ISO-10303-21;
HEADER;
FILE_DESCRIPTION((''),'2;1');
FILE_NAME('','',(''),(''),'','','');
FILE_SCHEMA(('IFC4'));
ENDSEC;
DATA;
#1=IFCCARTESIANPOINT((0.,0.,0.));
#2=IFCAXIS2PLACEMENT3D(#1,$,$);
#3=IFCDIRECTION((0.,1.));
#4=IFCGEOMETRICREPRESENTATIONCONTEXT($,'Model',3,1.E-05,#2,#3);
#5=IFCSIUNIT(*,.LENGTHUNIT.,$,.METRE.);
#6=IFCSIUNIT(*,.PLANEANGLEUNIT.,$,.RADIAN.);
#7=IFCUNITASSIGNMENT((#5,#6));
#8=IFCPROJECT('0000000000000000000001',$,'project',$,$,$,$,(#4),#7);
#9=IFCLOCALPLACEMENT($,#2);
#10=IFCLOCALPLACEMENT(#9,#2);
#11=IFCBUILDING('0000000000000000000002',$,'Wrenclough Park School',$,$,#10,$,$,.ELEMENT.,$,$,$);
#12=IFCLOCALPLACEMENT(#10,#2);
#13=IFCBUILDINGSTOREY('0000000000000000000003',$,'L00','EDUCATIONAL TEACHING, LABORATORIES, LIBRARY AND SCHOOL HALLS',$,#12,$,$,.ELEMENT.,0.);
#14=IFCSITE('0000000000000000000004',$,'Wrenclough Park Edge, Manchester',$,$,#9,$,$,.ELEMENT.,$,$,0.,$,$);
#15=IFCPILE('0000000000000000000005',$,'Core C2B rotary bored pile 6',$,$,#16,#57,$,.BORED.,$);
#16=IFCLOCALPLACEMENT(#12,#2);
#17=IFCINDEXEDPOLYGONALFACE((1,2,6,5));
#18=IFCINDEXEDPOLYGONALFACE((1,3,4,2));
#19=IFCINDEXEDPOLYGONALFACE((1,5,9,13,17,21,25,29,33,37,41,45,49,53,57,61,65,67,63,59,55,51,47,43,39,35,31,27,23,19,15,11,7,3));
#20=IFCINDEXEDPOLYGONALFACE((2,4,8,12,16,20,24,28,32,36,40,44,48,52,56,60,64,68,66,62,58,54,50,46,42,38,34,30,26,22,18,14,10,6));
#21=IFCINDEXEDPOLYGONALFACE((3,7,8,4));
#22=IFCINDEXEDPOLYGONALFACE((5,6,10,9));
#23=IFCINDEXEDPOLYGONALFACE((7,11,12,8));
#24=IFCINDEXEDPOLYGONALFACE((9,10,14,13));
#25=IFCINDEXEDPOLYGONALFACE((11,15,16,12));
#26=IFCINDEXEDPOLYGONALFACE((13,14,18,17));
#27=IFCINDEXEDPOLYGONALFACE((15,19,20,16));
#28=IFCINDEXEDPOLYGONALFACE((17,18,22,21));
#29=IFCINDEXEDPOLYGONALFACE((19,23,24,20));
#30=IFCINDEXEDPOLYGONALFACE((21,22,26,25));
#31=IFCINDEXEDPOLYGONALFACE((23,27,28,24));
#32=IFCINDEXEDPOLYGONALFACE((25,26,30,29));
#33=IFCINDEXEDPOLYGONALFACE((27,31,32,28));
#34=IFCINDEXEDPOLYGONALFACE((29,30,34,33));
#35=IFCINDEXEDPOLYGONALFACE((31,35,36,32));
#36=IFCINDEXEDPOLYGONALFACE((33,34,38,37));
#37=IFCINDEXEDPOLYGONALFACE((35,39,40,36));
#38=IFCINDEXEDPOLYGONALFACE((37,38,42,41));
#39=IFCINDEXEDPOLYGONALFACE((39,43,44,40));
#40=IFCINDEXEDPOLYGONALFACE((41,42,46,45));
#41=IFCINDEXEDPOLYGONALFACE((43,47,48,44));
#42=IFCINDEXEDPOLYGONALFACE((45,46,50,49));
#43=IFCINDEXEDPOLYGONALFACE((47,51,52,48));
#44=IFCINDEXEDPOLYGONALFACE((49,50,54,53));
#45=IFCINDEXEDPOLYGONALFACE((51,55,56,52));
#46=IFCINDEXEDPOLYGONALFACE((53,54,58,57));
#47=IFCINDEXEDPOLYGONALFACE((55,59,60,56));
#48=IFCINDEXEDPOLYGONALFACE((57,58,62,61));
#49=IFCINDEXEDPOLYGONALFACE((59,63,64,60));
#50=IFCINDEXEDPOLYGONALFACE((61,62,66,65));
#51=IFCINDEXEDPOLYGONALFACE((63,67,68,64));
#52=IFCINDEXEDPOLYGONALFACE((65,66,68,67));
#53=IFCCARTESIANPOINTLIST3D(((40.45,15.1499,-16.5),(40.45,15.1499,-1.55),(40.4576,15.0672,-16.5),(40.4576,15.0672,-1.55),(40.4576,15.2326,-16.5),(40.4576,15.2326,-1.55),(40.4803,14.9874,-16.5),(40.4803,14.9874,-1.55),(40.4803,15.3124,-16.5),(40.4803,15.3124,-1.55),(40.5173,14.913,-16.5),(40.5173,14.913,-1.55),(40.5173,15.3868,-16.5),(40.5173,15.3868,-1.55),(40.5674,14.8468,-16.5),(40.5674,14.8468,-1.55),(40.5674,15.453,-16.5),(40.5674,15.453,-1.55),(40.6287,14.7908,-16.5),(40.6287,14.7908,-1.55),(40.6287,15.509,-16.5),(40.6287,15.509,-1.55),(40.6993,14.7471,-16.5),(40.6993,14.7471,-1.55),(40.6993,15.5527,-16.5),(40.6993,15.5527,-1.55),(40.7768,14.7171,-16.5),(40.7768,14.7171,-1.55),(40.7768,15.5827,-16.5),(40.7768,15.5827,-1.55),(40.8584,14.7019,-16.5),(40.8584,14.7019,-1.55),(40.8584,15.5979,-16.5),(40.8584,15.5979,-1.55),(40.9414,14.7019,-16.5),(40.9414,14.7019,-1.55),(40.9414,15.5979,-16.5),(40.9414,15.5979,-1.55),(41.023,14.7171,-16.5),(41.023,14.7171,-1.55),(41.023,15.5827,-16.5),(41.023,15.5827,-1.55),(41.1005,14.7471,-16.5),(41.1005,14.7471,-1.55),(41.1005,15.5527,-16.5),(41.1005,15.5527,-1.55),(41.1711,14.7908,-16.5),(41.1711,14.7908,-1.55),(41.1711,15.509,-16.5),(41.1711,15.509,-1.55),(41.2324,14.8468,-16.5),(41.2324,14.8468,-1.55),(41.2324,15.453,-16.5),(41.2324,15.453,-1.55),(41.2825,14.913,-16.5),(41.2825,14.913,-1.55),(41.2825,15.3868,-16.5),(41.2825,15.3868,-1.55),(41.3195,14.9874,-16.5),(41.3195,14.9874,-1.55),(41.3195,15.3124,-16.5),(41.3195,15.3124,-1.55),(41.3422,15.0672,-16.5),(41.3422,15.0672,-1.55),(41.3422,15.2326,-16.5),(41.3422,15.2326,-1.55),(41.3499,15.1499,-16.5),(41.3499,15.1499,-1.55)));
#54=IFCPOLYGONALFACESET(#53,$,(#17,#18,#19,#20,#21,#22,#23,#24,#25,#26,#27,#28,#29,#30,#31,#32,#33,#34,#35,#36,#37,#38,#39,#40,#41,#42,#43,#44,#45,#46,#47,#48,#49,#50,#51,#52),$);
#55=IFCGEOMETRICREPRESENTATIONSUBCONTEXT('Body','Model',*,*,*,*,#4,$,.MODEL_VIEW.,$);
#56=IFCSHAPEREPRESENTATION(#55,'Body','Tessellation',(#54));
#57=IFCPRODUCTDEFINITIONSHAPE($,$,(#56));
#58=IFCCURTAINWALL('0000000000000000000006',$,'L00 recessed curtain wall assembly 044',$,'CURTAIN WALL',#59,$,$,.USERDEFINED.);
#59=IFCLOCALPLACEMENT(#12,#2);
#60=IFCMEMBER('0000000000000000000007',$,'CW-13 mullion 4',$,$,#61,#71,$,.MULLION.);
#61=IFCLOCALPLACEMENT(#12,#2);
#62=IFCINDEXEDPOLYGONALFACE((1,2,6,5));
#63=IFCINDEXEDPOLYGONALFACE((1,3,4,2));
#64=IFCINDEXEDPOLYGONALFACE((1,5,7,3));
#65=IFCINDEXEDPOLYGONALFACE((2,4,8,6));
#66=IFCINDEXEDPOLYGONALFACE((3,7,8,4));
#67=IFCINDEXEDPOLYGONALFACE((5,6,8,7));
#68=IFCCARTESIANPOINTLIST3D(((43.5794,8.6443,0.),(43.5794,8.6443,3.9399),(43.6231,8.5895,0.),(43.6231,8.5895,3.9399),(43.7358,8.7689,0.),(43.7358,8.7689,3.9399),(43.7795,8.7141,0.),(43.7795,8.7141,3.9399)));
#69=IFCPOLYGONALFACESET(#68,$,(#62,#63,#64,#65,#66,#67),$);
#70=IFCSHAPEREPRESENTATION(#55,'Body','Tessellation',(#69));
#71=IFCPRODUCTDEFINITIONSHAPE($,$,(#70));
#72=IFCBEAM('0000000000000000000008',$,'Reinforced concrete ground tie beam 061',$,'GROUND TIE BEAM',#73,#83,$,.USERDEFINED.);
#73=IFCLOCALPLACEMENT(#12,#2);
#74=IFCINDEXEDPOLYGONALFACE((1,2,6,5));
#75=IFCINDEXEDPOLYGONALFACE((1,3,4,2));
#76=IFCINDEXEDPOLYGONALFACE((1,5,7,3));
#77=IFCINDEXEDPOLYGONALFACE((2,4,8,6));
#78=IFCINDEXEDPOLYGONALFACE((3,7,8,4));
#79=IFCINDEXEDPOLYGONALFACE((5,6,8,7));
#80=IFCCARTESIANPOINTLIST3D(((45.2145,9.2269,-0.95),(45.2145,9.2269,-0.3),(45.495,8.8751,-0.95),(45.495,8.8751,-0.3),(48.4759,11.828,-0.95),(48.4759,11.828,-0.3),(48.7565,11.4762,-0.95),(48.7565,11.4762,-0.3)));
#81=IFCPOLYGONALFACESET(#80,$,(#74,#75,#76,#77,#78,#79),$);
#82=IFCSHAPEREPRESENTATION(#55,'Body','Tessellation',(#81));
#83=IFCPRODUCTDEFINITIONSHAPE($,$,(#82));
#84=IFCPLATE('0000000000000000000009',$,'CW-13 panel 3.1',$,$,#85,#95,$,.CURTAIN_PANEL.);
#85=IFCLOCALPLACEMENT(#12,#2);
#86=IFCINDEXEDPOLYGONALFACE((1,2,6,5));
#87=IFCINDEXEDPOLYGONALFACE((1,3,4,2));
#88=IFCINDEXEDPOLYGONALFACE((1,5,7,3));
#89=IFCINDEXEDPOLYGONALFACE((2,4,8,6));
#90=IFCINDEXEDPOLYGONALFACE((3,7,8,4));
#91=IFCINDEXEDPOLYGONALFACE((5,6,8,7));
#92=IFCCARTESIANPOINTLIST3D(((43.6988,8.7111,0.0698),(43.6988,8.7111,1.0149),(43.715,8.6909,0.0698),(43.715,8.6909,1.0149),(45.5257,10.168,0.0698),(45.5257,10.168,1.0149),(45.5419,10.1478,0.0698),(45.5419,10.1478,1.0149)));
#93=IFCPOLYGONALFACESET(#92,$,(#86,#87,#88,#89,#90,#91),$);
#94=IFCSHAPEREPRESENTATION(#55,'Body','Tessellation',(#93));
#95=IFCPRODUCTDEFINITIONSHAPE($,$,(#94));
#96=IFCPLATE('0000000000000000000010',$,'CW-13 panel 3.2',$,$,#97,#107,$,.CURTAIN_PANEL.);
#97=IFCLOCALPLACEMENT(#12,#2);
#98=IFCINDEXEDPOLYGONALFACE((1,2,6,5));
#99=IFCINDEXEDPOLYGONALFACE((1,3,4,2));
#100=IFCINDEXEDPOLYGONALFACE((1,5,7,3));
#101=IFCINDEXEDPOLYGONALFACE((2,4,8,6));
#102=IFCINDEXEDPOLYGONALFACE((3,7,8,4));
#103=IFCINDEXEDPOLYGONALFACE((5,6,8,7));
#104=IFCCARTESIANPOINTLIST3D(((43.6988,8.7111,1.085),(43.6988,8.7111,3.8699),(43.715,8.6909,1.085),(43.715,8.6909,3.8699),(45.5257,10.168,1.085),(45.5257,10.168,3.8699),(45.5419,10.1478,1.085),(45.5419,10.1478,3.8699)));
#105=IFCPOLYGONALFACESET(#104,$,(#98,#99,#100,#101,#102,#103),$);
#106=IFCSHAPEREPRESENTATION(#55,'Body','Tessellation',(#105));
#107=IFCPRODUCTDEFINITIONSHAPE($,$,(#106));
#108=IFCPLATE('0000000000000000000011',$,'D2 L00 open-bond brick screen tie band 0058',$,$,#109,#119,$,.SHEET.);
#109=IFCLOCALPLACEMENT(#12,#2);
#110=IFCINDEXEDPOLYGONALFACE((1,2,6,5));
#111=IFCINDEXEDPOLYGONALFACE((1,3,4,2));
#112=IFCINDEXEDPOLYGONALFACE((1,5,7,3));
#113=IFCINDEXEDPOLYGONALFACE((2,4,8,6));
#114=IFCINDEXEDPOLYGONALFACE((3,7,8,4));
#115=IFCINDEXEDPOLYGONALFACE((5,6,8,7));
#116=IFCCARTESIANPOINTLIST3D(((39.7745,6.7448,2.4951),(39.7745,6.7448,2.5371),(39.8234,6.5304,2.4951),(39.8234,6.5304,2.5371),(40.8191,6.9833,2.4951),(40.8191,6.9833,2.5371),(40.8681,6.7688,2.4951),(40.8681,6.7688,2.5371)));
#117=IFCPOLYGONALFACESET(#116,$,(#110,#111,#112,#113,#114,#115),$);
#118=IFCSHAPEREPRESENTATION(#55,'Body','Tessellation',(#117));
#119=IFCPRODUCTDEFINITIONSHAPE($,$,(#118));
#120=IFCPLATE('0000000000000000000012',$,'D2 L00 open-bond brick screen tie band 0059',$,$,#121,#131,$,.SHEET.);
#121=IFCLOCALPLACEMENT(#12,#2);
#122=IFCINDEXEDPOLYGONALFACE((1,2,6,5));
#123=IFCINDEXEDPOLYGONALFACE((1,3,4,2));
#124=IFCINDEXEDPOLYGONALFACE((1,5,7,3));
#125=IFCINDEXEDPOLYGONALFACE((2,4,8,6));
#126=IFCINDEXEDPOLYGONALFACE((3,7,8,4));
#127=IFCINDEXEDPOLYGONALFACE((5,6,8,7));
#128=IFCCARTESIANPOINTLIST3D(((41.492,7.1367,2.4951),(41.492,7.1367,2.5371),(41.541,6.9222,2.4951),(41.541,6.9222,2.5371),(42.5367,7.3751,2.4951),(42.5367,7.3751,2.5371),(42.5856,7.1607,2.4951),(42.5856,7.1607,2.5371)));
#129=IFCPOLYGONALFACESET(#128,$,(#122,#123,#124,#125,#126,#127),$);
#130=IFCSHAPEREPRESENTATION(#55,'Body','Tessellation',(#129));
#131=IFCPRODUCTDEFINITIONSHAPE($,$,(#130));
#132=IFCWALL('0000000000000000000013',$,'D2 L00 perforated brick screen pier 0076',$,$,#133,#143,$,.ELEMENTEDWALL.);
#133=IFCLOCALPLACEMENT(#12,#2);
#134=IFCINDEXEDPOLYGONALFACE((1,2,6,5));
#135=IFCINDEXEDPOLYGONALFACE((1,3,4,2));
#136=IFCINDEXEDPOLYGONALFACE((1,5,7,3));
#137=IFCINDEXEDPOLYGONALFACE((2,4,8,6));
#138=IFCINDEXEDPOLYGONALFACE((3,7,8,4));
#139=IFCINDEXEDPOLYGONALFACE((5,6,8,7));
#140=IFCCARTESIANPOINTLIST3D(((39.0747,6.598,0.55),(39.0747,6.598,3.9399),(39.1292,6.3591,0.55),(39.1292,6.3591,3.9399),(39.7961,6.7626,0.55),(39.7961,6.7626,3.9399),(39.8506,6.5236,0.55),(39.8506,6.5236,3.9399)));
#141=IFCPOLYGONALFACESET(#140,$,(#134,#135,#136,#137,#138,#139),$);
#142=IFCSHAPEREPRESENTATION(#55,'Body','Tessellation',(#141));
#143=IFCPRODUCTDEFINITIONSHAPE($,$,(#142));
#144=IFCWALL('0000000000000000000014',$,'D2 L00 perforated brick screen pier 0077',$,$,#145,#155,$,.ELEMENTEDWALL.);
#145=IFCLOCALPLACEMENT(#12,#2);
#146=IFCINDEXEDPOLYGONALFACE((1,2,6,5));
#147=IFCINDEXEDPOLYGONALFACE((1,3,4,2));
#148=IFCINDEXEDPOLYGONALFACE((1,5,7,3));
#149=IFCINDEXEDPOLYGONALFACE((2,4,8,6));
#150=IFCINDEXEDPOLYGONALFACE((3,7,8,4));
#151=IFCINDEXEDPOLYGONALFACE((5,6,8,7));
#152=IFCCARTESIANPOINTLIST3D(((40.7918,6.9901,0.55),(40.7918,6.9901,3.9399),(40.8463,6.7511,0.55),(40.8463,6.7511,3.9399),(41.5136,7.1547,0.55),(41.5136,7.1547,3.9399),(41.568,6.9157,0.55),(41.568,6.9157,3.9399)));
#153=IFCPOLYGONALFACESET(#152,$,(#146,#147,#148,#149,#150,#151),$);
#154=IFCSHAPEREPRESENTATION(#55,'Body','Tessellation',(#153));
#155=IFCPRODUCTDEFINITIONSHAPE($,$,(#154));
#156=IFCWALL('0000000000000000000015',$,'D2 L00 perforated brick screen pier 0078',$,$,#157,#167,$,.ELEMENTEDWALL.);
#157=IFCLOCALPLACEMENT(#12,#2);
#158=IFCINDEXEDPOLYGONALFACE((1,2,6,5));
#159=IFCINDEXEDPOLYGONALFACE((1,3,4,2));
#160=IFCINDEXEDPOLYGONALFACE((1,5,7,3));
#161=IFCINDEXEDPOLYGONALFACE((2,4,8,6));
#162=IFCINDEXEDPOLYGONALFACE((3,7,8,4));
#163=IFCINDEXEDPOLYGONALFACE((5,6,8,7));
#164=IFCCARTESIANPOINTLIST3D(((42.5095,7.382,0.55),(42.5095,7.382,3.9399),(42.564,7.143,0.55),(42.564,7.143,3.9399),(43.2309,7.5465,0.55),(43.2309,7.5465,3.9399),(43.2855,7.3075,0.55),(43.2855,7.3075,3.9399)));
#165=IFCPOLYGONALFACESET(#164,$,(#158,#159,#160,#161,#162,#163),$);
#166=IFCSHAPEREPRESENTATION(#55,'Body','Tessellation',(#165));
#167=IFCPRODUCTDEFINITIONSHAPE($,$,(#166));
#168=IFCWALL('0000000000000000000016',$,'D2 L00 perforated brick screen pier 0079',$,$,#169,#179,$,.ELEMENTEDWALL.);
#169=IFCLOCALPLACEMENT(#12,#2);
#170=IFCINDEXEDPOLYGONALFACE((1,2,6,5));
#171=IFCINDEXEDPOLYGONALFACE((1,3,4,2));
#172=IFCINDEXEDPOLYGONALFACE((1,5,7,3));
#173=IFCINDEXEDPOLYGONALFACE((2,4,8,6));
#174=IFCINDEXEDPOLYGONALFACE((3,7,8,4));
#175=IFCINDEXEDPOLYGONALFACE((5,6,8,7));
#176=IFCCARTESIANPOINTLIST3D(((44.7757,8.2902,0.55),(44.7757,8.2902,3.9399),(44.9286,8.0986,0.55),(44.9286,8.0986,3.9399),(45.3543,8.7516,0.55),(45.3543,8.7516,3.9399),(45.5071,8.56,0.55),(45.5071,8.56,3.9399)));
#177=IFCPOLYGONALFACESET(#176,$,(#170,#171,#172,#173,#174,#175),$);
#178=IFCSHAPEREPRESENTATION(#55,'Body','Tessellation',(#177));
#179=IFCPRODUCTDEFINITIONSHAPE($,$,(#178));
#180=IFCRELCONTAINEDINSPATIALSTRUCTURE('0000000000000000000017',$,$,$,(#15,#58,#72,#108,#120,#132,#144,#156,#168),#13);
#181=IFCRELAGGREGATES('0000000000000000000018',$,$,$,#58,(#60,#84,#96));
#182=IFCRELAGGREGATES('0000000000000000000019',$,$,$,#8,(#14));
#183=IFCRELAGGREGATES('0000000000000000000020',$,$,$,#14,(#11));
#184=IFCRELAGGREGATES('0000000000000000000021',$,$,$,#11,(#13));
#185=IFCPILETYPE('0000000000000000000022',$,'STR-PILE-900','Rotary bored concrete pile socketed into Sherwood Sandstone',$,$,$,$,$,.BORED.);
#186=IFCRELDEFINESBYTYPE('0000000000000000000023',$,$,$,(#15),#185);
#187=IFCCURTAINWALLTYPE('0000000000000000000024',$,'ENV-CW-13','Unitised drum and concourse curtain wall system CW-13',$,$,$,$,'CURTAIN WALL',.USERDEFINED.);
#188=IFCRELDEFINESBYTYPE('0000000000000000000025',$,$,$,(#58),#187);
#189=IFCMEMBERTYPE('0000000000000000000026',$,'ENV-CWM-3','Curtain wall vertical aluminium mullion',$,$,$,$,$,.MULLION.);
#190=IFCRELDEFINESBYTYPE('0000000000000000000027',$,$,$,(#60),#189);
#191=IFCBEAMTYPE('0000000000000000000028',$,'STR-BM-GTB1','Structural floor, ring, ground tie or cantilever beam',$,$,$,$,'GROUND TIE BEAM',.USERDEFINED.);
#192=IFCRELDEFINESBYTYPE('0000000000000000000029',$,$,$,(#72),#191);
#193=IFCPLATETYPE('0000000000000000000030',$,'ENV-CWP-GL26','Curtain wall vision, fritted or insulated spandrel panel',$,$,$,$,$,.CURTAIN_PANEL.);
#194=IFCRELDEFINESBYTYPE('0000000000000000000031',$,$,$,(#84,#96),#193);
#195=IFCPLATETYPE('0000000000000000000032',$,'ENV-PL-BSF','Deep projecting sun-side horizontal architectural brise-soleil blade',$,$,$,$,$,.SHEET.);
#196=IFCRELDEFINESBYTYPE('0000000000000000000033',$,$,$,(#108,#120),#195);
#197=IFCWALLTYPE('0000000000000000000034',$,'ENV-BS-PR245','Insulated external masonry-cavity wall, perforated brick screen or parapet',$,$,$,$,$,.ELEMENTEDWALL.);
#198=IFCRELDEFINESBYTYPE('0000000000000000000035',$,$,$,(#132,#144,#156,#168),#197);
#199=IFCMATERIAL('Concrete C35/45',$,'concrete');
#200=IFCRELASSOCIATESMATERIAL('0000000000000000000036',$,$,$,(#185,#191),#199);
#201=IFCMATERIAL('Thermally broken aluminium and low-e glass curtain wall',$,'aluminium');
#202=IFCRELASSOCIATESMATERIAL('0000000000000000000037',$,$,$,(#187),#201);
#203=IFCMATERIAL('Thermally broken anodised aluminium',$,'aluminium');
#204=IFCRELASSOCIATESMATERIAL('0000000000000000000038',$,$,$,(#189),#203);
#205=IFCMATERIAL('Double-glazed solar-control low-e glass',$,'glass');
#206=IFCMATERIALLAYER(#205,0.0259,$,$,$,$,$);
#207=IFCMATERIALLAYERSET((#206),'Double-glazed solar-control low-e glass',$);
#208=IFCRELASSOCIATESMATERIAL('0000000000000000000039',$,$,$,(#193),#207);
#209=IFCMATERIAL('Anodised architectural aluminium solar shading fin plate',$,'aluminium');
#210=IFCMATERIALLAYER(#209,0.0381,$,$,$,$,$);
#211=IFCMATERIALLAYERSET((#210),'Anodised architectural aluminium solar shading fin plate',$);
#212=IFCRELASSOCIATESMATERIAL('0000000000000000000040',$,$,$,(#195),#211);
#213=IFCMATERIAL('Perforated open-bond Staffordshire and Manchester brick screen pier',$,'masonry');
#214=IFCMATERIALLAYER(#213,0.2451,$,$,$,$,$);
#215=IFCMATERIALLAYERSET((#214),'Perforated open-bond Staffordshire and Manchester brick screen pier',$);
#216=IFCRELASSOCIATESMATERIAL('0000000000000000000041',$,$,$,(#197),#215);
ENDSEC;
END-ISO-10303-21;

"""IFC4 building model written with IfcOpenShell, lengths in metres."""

from ifc_helpers import new_model, si_unit, direction, frame, frame_2d, origin, origin_2d, place, context, subcontext, project, spatial, rectangle, circle, extrude, material, layer, layer_set, material_profile, profile_set, type_object, element, aggregate, save


model = new_model("IFC4")

# Units and contexts
model_context = context("Model", 3, precision=1e-05, world=origin(), true_north=direction((0.0, 1.0)))
body_context = subcontext(model_context, "Body", "Model", "MODEL_VIEW")
ifc_project = project(units=[si_unit("LENGTHUNIT", "METRE"), si_unit("PLANEANGLEUNIT", "RADIAN")], contexts=[model_context])

# Site, building, storey
site_placement = place(None, origin())
site = spatial("IfcSite", under=ifc_project, at=site_placement, Name="Wrenclough Park Edge, Manchester", CompositionType="ELEMENT", RefElevation=0.0)
building_placement = place(site_placement, origin())
building = spatial("IfcBuilding", under=site, at=building_placement, Name="Wrenclough Park School", CompositionType="ELEMENT")
storey_placement = place(building_placement, origin())
storey = spatial("IfcBuildingStorey", under=building, at=storey_placement, Name="L00", Description="EDUCATIONAL TEACHING, LABORATORIES, LIBRARY AND SCHOOL HALLS", CompositionType="ELEMENT", Elevation=0.0)

# Shared definitions
ifc_material_1 = material(Name="Concrete C35/45", Category="concrete")

# Pile
ifc_material_profile_1 = material_profile(ifc_material_1, circle(Radius=0.45, at=origin_2d()), Name="BORED PILE D900")
ifc_profile_set_1 = profile_set([ifc_material_profile_1], Name="Concrete C35/45")
pile_type_1 = type_object("IfcPileType", Name="STR-PILE-900", Description="Rotary bored concrete pile socketed into Sherwood Sandstone", PredefinedType="BORED", material=ifc_profile_set_1)
for number, where, z_axis, x_axis, name in (
    (1, (40.8999, 15.1499, -1.55), (0.0, 0.0, -1.0), (1.0, 0.0, 0.0), "Core C2B rotary bored pile 6"),
):
    element("IfcPile", number, at=place(storey_placement, frame(where, z_axis=z_axis, x_axis=x_axis)), inside=storey, type_object=pile_type_1, Name=name, PredefinedType="BORED", context=body_context, shape_type="SweptSolid", body=[
        extrude(circle(Radius=0.45, at=origin_2d()), origin(), (0.0, 0.0, 1.0), 14.95),
    ])

# Curtain wall, member
ifc_material_2 = material(Name="Thermally broken aluminium and low-e glass curtain wall", Category="aluminium")
curtain_wall_type = type_object("IfcCurtainWallType", Name="ENV-CW-13", Description="Unitised drum and concourse curtain wall system CW-13", ElementType="CURTAIN WALL", PredefinedType="USERDEFINED", material=ifc_material_2)
curtain_wall_placement = place(storey_placement, origin())
curtain_wall = element("IfcCurtainWall", 2, at=curtain_wall_placement, inside=storey, type_object=curtain_wall_type, Name="L00 recessed curtain wall assembly 044", ObjectType="CURTAIN WALL", PredefinedType="USERDEFINED")
ifc_material_3 = material(Name="Thermally broken anodised aluminium", Category="aluminium")
ifc_material_profile_2 = material_profile(ifc_material_3, rectangle(XDim=0.0701, YDim=0.2, at=origin_2d()), Name="AL MULLION 70x200")
ifc_profile_set_2 = profile_set([ifc_material_profile_2], Name="Thermally broken anodised aluminium")
member_type = type_object("IfcMemberType", Name="ENV-CWM-3", Description="Curtain wall vertical aluminium mullion", PredefinedType="MULLION", material=ifc_profile_set_2)
member_placement = place(storey_placement, frame((43.6794, 8.6792, 0.0), z_axis=(0.0, 0.0, 1.0), x_axis=(0.623484, -0.781836, 0.0)))
member = element("IfcMember", 3, at=member_placement, type_object=member_type, Name="CW-13 mullion 4", PredefinedType="MULLION", context=body_context, shape_type="SweptSolid", body=[
    extrude(rectangle(XDim=0.0701, YDim=0.2, at=origin_2d()), origin(), (0.0, 0.0, 1.0), 3.9399),
])

# Beam
ifc_material_profile_3 = material_profile(ifc_material_1, rectangle(XDim=0.45, YDim=0.6499, at=origin_2d()), Name="RC GROUND 450x650")
ifc_profile_set_3 = profile_set([ifc_material_profile_3], Name="Concrete C35/45")
beam_type = type_object("IfcBeamType", Name="STR-BM-GTB1", Description="Structural floor, ring, ground tie or cantilever beam", ElementType="GROUND TIE BEAM", PredefinedType="USERDEFINED", material=ifc_profile_set_3)
beam_placement = place(storey_placement, frame((45.3547, 9.051, -0.625), z_axis=(0.781816, 0.62351, 0.0), x_axis=(-0.62351, 0.781816, 0.0)))
element("IfcBeam", 4, at=beam_placement, inside=storey, type_object=beam_type, Name="Reinforced concrete ground tie beam 061", ObjectType="GROUND TIE BEAM", PredefinedType="USERDEFINED", context=body_context, shape_type="SweptSolid", body=[
    extrude(rectangle(XDim=0.45, YDim=0.6499, at=origin_2d()), origin(), (0.0, 0.0, 1.0), 4.1716),
])

# Plates
ifc_material_4 = material(Name="Double-glazed solar-control low-e glass", Category="glass")
ifc_layer_1 = layer(ifc_material_4, 0.0259)
ifc_layer_set_1 = layer_set([ifc_layer_1], Name="Double-glazed solar-control low-e glass")
plate_type_1 = type_object("IfcPlateType", Name="ENV-CWP-GL26", Description="Curtain wall vision, fritted or insulated spandrel panel", PredefinedType="CURTAIN_PANEL", material=ifc_layer_set_1)
plate_1_placement = place(storey_placement, frame((44.6204, 9.4294, 0.0698), z_axis=(0.0, 0.0, 1.0), x_axis=(-0.781836, -0.623484, 0.0)))
plate_1 = element("IfcPlate", 5, at=plate_1_placement, type_object=plate_type_1, Name="CW-13 panel 3.1", PredefinedType="CURTAIN_PANEL", context=body_context, shape_type="SweptSolid", body=[
    extrude(rectangle(XDim=2.3367, YDim=0.0259, at=origin_2d()), origin(), (0.0, 0.0, 1.0), 0.9451),
])
plate_2_placement = place(storey_placement, frame((44.6204, 9.4294, 1.085), z_axis=(0.0, 0.0, 1.0), x_axis=(-0.781836, -0.623484, 0.0)))
plate_2 = element("IfcPlate", 6, at=plate_2_placement, type_object=plate_type_1, Name="CW-13 panel 3.2", PredefinedType="CURTAIN_PANEL", context=body_context, shape_type="SweptSolid", body=[
    extrude(rectangle(XDim=2.3367, YDim=0.0259, at=origin_2d()), origin(), (0.0, 0.0, 1.0), 2.7849),
])
aggregate(curtain_wall, [member, plate_1, plate_2])

# Plates
ifc_material_5 = material(Name="Anodised architectural aluminium solar shading fin plate", Category="aluminium")
ifc_layer_2 = layer(ifc_material_5, 0.0381)
ifc_layer_set_2 = layer_set([ifc_layer_2], Name="Anodised architectural aluminium solar shading fin plate")
plate_type_2 = type_object("IfcPlateType", Name="ENV-PL-BSF", Description="Deep projecting sun-side horizontal architectural brise-soleil blade", PredefinedType="SHEET", material=ifc_layer_set_2)
for number, where, z_axis, x_axis, name in (
    (7, (40.3213, 6.7568, 2.4951), (0.0, 0.0, 1.0), (0.974927, 0.222526, 0.0), "D2 L00 open-bond brick screen tie band 0058"),
    (8, (42.0388, 7.1487, 2.4951), (0.0, 0.0, 1.0), (0.974927, 0.222526, 0.0), "D2 L00 open-bond brick screen tie band 0059"),
):
    element("IfcPlate", number, at=place(storey_placement, frame(where, z_axis=z_axis, x_axis=x_axis)), inside=storey, type_object=plate_type_2, Name=name, PredefinedType="SHEET", context=body_context, shape_type="SweptSolid", body=[
        extrude(rectangle(XDim=1.0715, YDim=0.22, at=origin_2d()), origin(), (0.0, 0.0, 1.0), 0.042),
    ])

# Walls
ifc_material_6 = material(Name="Perforated open-bond Staffordshire and Manchester brick screen pier", Category="masonry")
ifc_layer_3 = layer(ifc_material_6, 0.2451)
ifc_layer_set_3 = layer_set([ifc_layer_3], Name="Perforated open-bond Staffordshire and Manchester brick screen pier")
wall_type_1 = type_object("IfcWallType", Name="ENV-BS-PR245", Description="Insulated external masonry-cavity wall, perforated brick screen or parapet", PredefinedType="ELEMENTEDWALL", material=ifc_layer_set_3)
wall_1_placement = place(storey_placement, frame((39.1018, 6.4785, 0.55), z_axis=(0.0, 0.0, 1.0), x_axis=(0.974961, 0.222377, 0.0)))
element("IfcWall", 9, at=wall_1_placement, inside=storey, type_object=wall_type_1, Name="D2 L00 perforated brick screen pier 0076", PredefinedType="ELEMENTEDWALL", context=body_context, shape_type="SweptSolid", body=[
    extrude(rectangle(XDim=0.74, YDim=0.2451, at=frame_2d((0.3701, 0.0))), origin(), (0.0, 0.0, 1.0), 3.3899),
])
wall_2_placement = place(storey_placement, frame((40.8191, 6.8706, 0.55), z_axis=(0.0, 0.0, 1.0), x_axis=(0.974977, 0.222305, 0.0)))
element("IfcWall", 10, at=wall_2_placement, inside=storey, type_object=wall_type_1, Name="D2 L00 perforated brick screen pier 0077", PredefinedType="ELEMENTEDWALL", context=body_context, shape_type="SweptSolid", body=[
    extrude(rectangle(XDim=0.7402, YDim=0.2451, at=frame_2d((0.3701, 0.0))), origin(), (0.0, 0.0, 1.0), 3.3899),
])
for number, where, z_axis, x_axis, name in (
    (11, (42.5366, 7.2625, 0.55), (0.0, 0.0, 1.0), (0.974961, 0.222377, 0.0), "D2 L00 perforated brick screen pier 0078"),
    (12, (44.8521, 8.1943, 0.55), (0.0, 0.0, 1.0), (0.781833, 0.623487, 0.0), "D2 L00 perforated brick screen pier 0079"),
):
    element("IfcWall", number, at=place(storey_placement, frame(where, z_axis=z_axis, x_axis=x_axis)), inside=storey, type_object=wall_type_1, Name=name, PredefinedType="ELEMENTEDWALL", context=body_context, shape_type="SweptSolid", body=[
        extrude(rectangle(XDim=0.74, YDim=0.2451, at=frame_2d((0.3701, 0.0))), origin(), (0.0, 0.0, 1.0), 3.3899),
    ])

save(model, "model.ifc")
